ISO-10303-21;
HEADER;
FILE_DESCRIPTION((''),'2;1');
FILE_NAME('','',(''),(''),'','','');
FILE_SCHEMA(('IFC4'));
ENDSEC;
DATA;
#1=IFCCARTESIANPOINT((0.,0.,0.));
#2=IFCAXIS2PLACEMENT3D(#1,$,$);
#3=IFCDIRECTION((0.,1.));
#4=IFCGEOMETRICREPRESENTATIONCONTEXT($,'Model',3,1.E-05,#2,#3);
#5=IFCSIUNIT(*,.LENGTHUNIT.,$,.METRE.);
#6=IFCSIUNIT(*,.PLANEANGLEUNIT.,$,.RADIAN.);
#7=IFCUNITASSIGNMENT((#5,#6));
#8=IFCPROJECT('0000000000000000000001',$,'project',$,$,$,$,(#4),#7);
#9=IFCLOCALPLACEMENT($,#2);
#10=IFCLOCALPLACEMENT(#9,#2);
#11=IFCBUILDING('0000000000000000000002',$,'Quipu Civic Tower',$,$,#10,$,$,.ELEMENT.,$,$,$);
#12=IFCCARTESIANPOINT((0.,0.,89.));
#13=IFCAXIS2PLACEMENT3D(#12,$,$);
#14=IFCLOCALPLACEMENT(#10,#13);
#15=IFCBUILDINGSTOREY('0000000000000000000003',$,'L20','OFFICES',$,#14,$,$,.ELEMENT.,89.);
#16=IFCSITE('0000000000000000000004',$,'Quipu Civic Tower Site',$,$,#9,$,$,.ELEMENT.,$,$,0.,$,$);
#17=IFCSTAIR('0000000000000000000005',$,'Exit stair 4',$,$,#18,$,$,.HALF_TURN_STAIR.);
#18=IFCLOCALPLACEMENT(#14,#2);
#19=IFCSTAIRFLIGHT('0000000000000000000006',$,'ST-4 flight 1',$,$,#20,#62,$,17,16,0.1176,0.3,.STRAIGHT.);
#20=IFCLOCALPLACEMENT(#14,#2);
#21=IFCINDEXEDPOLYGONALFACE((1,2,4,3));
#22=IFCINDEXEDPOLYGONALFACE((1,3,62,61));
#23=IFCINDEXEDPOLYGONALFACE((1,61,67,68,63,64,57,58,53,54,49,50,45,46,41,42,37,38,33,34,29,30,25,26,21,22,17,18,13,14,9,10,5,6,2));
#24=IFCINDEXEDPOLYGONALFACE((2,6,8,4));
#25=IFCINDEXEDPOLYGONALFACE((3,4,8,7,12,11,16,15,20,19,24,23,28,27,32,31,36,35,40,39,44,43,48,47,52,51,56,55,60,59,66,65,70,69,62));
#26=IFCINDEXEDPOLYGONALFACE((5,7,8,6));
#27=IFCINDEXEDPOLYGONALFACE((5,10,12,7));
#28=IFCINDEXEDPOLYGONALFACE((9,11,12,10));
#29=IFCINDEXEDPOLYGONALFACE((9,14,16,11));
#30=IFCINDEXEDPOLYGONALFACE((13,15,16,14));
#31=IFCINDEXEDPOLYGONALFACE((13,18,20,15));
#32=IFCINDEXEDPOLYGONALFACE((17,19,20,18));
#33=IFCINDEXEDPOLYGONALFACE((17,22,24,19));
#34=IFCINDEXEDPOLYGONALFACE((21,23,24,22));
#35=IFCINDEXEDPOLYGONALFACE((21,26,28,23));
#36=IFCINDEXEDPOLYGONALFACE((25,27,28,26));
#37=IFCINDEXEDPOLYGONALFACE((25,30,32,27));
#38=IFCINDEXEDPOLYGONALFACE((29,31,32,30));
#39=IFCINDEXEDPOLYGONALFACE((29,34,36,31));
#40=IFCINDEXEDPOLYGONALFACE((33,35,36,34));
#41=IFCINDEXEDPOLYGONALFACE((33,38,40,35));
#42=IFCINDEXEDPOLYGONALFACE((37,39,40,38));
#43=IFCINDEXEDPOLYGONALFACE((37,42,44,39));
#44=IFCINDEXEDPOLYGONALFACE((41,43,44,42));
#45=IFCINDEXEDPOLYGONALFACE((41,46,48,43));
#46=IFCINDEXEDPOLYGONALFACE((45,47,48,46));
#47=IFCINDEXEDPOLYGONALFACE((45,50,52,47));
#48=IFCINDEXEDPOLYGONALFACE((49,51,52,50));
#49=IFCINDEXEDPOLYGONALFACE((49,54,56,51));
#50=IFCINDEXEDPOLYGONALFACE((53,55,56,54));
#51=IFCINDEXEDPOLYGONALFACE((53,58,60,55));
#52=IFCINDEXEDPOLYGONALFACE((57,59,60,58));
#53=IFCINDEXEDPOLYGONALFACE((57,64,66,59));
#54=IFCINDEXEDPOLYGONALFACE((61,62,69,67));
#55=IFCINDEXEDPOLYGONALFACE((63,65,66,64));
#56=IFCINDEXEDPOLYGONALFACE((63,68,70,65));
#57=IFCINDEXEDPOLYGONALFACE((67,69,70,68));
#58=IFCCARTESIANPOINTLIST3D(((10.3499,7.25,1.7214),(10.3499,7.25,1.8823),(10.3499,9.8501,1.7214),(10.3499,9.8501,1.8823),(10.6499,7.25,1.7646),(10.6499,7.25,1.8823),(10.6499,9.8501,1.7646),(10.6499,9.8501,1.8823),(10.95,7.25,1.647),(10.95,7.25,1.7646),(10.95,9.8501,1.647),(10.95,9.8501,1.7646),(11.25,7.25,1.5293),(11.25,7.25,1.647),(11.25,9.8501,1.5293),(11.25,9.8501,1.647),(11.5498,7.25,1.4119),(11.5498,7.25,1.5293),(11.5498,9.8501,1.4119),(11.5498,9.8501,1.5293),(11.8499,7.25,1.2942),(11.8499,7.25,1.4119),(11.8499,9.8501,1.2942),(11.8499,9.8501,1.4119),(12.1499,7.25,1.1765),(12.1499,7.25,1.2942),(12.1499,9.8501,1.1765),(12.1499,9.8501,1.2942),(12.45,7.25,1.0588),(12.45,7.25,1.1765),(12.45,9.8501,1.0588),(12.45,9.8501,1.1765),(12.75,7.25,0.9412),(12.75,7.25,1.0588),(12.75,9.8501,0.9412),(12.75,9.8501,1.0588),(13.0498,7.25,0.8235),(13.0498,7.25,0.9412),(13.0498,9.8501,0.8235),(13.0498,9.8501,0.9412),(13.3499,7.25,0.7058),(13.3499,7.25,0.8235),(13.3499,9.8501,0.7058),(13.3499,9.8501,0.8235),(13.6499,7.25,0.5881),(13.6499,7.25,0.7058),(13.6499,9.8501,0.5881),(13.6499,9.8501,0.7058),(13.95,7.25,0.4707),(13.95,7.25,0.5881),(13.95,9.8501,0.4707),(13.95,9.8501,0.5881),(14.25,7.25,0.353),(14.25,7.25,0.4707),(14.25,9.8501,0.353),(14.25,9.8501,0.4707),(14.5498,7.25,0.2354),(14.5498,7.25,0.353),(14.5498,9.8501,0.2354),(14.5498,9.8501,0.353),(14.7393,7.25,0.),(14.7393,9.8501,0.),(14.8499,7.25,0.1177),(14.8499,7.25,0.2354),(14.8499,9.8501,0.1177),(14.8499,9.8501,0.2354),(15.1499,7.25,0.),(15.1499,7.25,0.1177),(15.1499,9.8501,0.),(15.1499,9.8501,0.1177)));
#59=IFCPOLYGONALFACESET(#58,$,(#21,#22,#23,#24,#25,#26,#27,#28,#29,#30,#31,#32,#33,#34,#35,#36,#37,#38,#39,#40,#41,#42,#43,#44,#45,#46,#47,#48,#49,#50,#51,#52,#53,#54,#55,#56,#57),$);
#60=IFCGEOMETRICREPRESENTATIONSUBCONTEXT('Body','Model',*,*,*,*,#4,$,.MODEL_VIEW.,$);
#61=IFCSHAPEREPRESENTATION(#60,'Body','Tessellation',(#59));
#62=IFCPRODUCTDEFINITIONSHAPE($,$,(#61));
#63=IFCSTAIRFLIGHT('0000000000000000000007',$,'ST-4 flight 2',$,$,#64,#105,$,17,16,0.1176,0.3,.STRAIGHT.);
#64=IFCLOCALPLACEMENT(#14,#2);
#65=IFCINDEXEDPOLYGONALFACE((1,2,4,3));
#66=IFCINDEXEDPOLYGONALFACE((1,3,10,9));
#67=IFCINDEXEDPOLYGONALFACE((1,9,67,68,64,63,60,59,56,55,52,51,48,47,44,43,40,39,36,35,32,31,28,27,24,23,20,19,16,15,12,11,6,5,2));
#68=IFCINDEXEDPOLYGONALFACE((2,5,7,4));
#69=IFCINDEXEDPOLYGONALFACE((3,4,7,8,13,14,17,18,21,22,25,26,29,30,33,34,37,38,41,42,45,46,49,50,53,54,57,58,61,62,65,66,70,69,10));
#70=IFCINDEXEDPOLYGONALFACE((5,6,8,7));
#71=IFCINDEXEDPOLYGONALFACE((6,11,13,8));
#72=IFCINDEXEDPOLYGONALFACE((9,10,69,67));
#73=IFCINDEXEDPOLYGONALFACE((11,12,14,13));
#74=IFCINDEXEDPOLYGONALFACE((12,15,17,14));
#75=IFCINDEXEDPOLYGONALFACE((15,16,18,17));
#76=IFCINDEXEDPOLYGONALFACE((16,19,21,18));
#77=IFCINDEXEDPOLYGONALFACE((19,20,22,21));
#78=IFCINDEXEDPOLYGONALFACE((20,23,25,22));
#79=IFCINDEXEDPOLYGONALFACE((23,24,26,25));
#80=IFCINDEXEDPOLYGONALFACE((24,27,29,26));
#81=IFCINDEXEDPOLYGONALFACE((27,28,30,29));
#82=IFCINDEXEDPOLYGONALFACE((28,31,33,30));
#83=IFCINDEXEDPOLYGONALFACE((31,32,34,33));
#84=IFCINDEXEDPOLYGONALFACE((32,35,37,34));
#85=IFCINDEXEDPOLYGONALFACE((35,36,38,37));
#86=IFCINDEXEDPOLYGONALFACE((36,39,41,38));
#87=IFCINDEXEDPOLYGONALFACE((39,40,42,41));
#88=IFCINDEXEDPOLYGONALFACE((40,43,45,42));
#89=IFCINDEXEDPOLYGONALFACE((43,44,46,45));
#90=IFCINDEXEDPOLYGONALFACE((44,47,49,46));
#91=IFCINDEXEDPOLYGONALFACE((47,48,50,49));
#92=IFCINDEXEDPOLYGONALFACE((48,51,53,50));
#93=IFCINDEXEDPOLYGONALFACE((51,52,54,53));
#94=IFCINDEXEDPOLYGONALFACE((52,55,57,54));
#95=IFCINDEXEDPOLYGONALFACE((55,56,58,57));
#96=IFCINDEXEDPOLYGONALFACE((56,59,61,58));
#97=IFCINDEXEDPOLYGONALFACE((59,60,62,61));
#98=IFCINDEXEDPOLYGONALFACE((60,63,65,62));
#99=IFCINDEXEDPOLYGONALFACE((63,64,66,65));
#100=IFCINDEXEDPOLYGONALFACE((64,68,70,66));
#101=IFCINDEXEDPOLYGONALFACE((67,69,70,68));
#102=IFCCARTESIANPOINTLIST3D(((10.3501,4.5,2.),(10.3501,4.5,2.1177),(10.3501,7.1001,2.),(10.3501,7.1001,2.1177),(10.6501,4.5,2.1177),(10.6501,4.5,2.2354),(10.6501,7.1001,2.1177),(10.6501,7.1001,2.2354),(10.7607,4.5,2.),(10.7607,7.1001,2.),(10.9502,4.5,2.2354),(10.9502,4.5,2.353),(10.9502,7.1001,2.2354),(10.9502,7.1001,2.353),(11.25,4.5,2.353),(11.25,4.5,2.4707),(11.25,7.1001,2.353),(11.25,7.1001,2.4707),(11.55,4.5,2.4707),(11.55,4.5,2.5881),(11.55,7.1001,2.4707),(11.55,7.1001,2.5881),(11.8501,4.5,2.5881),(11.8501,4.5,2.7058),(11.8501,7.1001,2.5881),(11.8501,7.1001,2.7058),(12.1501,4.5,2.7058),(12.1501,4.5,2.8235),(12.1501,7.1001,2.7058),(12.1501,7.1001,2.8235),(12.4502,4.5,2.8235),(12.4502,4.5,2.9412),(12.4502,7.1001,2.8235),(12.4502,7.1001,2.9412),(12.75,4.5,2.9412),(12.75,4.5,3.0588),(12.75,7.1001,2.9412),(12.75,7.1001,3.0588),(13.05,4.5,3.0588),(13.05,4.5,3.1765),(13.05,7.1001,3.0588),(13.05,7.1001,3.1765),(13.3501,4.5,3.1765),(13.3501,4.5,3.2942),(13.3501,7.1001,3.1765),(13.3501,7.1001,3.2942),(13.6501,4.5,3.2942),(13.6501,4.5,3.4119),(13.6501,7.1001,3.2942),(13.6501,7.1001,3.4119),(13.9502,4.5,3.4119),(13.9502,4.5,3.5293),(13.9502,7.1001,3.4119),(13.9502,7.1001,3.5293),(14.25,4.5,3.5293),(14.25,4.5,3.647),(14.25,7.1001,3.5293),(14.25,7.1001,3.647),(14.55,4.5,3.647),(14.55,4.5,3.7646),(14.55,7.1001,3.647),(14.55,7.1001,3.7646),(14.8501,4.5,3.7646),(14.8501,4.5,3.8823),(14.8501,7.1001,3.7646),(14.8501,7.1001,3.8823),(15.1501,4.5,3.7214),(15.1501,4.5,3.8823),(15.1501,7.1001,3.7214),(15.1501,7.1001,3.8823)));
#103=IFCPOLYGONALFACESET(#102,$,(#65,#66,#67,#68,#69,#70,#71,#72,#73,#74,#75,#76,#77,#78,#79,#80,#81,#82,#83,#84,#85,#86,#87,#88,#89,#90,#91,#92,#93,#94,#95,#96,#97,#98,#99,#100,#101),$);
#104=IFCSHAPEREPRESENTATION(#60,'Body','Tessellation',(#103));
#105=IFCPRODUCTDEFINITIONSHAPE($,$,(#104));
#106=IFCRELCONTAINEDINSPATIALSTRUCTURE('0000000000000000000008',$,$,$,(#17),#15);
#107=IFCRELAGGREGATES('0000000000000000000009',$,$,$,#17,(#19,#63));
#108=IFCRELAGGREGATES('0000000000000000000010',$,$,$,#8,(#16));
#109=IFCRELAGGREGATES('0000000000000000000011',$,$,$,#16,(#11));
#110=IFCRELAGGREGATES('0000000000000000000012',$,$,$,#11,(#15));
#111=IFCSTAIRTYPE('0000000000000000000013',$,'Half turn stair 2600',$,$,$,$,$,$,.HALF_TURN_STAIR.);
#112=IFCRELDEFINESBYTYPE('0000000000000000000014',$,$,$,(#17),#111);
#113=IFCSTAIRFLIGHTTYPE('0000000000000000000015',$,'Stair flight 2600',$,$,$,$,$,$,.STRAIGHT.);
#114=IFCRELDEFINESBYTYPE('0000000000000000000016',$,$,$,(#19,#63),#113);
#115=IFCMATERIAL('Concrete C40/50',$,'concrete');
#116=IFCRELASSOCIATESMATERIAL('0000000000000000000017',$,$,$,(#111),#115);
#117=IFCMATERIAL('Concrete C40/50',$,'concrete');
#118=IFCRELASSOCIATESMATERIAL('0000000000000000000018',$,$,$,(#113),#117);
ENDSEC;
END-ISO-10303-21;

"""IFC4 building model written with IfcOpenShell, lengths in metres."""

from ifc_helpers import new_model, si_unit, direction, frame, origin, place, context, subcontext, project, spatial, polyline, outline, extrude, material, type_object, element, aggregate, save


model = new_model("IFC4")

# Units and contexts
model_context = context("Model", 3, precision=1e-05, world=origin(), true_north=direction((0.0, 1.0)))
body_context = subcontext(model_context, "Body", "Model", "MODEL_VIEW")
ifc_project = project(units=[si_unit("LENGTHUNIT", "METRE"), si_unit("PLANEANGLEUNIT", "RADIAN")], contexts=[model_context])

# Site, building, storey
site_placement = place(None, origin())
site = spatial("IfcSite", under=ifc_project, at=site_placement, Name="Quipu Civic Tower Site", CompositionType="ELEMENT", RefElevation=0.0)
building_placement = place(site_placement, origin())
building = spatial("IfcBuilding", under=site, at=building_placement, Name="Quipu Civic Tower", CompositionType="ELEMENT")
storey_placement = place(building_placement, frame((0.0, 0.0, 89.0)))
storey = spatial("IfcBuildingStorey", under=building, at=storey_placement, Name="L20", Description="OFFICES", CompositionType="ELEMENT", Elevation=89.0)

# Stair, stair flights
ifc_material_1 = material(Name="Concrete C40/50", Category="concrete")
stair_type = type_object("IfcStairType", Name="Half turn stair 2600", PredefinedType="HALF_TURN_STAIR", material=ifc_material_1)
stair_placement = place(storey_placement, origin())
stair = element("IfcStair", 1, at=stair_placement, inside=storey, type_object=stair_type, Name="Exit stair 4", PredefinedType="HALF_TURN_STAIR")
ifc_material_2 = material(Name="Concrete C40/50", Category="concrete")
stair_flight_type = type_object("IfcStairFlightType", Name="Stair flight 2600", PredefinedType="STRAIGHT", material=ifc_material_2)
stair_flight_1_placement = place(storey_placement, frame((15.1499, 8.55, 0.0), z_axis=(0.0, 0.0, 1.0), x_axis=(-1.0, 0.0, 0.0)))
stair_flight_1 = element("IfcStairFlight", 2, at=stair_flight_1_placement, type_object=stair_flight_type, Name="ST-4 flight 1", NumberOfRisers=17, NumberOfTreads=16, PredefinedType="STRAIGHT", RiserHeight=0.1176, TreadLength=0.3, context=body_context, shape_type="SweptSolid", body=[
    extrude(outline(polyline([(0.0, 0.0), (0.0, 0.1177), (0.3, 0.1177), (0.3, 0.2354), (0.6001, 0.2354), (0.6001, 0.353), (0.8999, 0.353), (0.8999, 0.4707), (1.2, 0.4707), (1.2, 0.5881), (1.5, 0.5881), (1.5, 0.7058), (1.8, 0.7058), (1.8, 0.8235), (2.1001, 0.8235), (2.1001, 0.9412), (2.3999, 0.9412), (2.3999, 1.0588), (2.7, 1.0588), (2.7, 1.1765), (3.0, 1.1765), (3.0, 1.2942), (3.3, 1.2942), (3.3, 1.4119), (3.6001, 1.4119), (3.6001, 1.5293), (3.8999, 1.5293), (3.8999, 1.647), (4.2, 1.647), (4.2, 1.7646), (4.5, 1.7646), (4.5, 1.8823), (4.8, 1.8823), (4.8, 2.0), (4.8, 1.7214), (0.4106, 0.0), (0.0, 0.0)])), frame((0.0, 1.3, 0.0), z_axis=(0.0, -1.0, 0.0), x_axis=(1.0, 0.0, 0.0)), (0.0, 0.0, 1.0), 2.6001),
])
stair_flight_2_placement = place(storey_placement, frame((10.3501, 5.8, 2.0), z_axis=(0.0, 0.0, 1.0), x_axis=(1.0, 0.0, 0.0)))
stair_flight_2 = element("IfcStairFlight", 3, at=stair_flight_2_placement, type_object=stair_flight_type, Name="ST-4 flight 2", NumberOfRisers=17, NumberOfTreads=16, PredefinedType="STRAIGHT", RiserHeight=0.1176, TreadLength=0.3, context=body_context, shape_type="SweptSolid", body=[
    extrude(outline(polyline([(0.0, 0.0), (0.0, 0.1177), (0.3, 0.1177), (0.3, 0.2354), (0.6001, 0.2354), (0.6001, 0.353), (0.8999, 0.353), (0.8999, 0.4707), (1.2, 0.4707), (1.2, 0.5881), (1.5, 0.5881), (1.5, 0.7058), (1.8, 0.7058), (1.8, 0.8235), (2.1001, 0.8235), (2.1001, 0.9412), (2.3999, 0.9412), (2.3999, 1.0588), (2.7, 1.0588), (2.7, 1.1765), (3.0, 1.1765), (3.0, 1.2942), (3.3, 1.2942), (3.3, 1.4119), (3.6001, 1.4119), (3.6001, 1.5293), (3.8999, 1.5293), (3.8999, 1.647), (4.2, 1.647), (4.2, 1.7646), (4.5, 1.7646), (4.5, 1.8823), (4.8, 1.8823), (4.8, 2.0), (4.8, 1.7214), (0.4106, 0.0), (0.0, 0.0)])), frame((0.0, 1.3, 0.0), z_axis=(0.0, -1.0, 0.0), x_axis=(1.0, 0.0, 0.0)), (0.0, 0.0, 1.0), 2.6001),
])
aggregate(stair, [stair_flight_1, stair_flight_2])

save(model, "model.ifc")
